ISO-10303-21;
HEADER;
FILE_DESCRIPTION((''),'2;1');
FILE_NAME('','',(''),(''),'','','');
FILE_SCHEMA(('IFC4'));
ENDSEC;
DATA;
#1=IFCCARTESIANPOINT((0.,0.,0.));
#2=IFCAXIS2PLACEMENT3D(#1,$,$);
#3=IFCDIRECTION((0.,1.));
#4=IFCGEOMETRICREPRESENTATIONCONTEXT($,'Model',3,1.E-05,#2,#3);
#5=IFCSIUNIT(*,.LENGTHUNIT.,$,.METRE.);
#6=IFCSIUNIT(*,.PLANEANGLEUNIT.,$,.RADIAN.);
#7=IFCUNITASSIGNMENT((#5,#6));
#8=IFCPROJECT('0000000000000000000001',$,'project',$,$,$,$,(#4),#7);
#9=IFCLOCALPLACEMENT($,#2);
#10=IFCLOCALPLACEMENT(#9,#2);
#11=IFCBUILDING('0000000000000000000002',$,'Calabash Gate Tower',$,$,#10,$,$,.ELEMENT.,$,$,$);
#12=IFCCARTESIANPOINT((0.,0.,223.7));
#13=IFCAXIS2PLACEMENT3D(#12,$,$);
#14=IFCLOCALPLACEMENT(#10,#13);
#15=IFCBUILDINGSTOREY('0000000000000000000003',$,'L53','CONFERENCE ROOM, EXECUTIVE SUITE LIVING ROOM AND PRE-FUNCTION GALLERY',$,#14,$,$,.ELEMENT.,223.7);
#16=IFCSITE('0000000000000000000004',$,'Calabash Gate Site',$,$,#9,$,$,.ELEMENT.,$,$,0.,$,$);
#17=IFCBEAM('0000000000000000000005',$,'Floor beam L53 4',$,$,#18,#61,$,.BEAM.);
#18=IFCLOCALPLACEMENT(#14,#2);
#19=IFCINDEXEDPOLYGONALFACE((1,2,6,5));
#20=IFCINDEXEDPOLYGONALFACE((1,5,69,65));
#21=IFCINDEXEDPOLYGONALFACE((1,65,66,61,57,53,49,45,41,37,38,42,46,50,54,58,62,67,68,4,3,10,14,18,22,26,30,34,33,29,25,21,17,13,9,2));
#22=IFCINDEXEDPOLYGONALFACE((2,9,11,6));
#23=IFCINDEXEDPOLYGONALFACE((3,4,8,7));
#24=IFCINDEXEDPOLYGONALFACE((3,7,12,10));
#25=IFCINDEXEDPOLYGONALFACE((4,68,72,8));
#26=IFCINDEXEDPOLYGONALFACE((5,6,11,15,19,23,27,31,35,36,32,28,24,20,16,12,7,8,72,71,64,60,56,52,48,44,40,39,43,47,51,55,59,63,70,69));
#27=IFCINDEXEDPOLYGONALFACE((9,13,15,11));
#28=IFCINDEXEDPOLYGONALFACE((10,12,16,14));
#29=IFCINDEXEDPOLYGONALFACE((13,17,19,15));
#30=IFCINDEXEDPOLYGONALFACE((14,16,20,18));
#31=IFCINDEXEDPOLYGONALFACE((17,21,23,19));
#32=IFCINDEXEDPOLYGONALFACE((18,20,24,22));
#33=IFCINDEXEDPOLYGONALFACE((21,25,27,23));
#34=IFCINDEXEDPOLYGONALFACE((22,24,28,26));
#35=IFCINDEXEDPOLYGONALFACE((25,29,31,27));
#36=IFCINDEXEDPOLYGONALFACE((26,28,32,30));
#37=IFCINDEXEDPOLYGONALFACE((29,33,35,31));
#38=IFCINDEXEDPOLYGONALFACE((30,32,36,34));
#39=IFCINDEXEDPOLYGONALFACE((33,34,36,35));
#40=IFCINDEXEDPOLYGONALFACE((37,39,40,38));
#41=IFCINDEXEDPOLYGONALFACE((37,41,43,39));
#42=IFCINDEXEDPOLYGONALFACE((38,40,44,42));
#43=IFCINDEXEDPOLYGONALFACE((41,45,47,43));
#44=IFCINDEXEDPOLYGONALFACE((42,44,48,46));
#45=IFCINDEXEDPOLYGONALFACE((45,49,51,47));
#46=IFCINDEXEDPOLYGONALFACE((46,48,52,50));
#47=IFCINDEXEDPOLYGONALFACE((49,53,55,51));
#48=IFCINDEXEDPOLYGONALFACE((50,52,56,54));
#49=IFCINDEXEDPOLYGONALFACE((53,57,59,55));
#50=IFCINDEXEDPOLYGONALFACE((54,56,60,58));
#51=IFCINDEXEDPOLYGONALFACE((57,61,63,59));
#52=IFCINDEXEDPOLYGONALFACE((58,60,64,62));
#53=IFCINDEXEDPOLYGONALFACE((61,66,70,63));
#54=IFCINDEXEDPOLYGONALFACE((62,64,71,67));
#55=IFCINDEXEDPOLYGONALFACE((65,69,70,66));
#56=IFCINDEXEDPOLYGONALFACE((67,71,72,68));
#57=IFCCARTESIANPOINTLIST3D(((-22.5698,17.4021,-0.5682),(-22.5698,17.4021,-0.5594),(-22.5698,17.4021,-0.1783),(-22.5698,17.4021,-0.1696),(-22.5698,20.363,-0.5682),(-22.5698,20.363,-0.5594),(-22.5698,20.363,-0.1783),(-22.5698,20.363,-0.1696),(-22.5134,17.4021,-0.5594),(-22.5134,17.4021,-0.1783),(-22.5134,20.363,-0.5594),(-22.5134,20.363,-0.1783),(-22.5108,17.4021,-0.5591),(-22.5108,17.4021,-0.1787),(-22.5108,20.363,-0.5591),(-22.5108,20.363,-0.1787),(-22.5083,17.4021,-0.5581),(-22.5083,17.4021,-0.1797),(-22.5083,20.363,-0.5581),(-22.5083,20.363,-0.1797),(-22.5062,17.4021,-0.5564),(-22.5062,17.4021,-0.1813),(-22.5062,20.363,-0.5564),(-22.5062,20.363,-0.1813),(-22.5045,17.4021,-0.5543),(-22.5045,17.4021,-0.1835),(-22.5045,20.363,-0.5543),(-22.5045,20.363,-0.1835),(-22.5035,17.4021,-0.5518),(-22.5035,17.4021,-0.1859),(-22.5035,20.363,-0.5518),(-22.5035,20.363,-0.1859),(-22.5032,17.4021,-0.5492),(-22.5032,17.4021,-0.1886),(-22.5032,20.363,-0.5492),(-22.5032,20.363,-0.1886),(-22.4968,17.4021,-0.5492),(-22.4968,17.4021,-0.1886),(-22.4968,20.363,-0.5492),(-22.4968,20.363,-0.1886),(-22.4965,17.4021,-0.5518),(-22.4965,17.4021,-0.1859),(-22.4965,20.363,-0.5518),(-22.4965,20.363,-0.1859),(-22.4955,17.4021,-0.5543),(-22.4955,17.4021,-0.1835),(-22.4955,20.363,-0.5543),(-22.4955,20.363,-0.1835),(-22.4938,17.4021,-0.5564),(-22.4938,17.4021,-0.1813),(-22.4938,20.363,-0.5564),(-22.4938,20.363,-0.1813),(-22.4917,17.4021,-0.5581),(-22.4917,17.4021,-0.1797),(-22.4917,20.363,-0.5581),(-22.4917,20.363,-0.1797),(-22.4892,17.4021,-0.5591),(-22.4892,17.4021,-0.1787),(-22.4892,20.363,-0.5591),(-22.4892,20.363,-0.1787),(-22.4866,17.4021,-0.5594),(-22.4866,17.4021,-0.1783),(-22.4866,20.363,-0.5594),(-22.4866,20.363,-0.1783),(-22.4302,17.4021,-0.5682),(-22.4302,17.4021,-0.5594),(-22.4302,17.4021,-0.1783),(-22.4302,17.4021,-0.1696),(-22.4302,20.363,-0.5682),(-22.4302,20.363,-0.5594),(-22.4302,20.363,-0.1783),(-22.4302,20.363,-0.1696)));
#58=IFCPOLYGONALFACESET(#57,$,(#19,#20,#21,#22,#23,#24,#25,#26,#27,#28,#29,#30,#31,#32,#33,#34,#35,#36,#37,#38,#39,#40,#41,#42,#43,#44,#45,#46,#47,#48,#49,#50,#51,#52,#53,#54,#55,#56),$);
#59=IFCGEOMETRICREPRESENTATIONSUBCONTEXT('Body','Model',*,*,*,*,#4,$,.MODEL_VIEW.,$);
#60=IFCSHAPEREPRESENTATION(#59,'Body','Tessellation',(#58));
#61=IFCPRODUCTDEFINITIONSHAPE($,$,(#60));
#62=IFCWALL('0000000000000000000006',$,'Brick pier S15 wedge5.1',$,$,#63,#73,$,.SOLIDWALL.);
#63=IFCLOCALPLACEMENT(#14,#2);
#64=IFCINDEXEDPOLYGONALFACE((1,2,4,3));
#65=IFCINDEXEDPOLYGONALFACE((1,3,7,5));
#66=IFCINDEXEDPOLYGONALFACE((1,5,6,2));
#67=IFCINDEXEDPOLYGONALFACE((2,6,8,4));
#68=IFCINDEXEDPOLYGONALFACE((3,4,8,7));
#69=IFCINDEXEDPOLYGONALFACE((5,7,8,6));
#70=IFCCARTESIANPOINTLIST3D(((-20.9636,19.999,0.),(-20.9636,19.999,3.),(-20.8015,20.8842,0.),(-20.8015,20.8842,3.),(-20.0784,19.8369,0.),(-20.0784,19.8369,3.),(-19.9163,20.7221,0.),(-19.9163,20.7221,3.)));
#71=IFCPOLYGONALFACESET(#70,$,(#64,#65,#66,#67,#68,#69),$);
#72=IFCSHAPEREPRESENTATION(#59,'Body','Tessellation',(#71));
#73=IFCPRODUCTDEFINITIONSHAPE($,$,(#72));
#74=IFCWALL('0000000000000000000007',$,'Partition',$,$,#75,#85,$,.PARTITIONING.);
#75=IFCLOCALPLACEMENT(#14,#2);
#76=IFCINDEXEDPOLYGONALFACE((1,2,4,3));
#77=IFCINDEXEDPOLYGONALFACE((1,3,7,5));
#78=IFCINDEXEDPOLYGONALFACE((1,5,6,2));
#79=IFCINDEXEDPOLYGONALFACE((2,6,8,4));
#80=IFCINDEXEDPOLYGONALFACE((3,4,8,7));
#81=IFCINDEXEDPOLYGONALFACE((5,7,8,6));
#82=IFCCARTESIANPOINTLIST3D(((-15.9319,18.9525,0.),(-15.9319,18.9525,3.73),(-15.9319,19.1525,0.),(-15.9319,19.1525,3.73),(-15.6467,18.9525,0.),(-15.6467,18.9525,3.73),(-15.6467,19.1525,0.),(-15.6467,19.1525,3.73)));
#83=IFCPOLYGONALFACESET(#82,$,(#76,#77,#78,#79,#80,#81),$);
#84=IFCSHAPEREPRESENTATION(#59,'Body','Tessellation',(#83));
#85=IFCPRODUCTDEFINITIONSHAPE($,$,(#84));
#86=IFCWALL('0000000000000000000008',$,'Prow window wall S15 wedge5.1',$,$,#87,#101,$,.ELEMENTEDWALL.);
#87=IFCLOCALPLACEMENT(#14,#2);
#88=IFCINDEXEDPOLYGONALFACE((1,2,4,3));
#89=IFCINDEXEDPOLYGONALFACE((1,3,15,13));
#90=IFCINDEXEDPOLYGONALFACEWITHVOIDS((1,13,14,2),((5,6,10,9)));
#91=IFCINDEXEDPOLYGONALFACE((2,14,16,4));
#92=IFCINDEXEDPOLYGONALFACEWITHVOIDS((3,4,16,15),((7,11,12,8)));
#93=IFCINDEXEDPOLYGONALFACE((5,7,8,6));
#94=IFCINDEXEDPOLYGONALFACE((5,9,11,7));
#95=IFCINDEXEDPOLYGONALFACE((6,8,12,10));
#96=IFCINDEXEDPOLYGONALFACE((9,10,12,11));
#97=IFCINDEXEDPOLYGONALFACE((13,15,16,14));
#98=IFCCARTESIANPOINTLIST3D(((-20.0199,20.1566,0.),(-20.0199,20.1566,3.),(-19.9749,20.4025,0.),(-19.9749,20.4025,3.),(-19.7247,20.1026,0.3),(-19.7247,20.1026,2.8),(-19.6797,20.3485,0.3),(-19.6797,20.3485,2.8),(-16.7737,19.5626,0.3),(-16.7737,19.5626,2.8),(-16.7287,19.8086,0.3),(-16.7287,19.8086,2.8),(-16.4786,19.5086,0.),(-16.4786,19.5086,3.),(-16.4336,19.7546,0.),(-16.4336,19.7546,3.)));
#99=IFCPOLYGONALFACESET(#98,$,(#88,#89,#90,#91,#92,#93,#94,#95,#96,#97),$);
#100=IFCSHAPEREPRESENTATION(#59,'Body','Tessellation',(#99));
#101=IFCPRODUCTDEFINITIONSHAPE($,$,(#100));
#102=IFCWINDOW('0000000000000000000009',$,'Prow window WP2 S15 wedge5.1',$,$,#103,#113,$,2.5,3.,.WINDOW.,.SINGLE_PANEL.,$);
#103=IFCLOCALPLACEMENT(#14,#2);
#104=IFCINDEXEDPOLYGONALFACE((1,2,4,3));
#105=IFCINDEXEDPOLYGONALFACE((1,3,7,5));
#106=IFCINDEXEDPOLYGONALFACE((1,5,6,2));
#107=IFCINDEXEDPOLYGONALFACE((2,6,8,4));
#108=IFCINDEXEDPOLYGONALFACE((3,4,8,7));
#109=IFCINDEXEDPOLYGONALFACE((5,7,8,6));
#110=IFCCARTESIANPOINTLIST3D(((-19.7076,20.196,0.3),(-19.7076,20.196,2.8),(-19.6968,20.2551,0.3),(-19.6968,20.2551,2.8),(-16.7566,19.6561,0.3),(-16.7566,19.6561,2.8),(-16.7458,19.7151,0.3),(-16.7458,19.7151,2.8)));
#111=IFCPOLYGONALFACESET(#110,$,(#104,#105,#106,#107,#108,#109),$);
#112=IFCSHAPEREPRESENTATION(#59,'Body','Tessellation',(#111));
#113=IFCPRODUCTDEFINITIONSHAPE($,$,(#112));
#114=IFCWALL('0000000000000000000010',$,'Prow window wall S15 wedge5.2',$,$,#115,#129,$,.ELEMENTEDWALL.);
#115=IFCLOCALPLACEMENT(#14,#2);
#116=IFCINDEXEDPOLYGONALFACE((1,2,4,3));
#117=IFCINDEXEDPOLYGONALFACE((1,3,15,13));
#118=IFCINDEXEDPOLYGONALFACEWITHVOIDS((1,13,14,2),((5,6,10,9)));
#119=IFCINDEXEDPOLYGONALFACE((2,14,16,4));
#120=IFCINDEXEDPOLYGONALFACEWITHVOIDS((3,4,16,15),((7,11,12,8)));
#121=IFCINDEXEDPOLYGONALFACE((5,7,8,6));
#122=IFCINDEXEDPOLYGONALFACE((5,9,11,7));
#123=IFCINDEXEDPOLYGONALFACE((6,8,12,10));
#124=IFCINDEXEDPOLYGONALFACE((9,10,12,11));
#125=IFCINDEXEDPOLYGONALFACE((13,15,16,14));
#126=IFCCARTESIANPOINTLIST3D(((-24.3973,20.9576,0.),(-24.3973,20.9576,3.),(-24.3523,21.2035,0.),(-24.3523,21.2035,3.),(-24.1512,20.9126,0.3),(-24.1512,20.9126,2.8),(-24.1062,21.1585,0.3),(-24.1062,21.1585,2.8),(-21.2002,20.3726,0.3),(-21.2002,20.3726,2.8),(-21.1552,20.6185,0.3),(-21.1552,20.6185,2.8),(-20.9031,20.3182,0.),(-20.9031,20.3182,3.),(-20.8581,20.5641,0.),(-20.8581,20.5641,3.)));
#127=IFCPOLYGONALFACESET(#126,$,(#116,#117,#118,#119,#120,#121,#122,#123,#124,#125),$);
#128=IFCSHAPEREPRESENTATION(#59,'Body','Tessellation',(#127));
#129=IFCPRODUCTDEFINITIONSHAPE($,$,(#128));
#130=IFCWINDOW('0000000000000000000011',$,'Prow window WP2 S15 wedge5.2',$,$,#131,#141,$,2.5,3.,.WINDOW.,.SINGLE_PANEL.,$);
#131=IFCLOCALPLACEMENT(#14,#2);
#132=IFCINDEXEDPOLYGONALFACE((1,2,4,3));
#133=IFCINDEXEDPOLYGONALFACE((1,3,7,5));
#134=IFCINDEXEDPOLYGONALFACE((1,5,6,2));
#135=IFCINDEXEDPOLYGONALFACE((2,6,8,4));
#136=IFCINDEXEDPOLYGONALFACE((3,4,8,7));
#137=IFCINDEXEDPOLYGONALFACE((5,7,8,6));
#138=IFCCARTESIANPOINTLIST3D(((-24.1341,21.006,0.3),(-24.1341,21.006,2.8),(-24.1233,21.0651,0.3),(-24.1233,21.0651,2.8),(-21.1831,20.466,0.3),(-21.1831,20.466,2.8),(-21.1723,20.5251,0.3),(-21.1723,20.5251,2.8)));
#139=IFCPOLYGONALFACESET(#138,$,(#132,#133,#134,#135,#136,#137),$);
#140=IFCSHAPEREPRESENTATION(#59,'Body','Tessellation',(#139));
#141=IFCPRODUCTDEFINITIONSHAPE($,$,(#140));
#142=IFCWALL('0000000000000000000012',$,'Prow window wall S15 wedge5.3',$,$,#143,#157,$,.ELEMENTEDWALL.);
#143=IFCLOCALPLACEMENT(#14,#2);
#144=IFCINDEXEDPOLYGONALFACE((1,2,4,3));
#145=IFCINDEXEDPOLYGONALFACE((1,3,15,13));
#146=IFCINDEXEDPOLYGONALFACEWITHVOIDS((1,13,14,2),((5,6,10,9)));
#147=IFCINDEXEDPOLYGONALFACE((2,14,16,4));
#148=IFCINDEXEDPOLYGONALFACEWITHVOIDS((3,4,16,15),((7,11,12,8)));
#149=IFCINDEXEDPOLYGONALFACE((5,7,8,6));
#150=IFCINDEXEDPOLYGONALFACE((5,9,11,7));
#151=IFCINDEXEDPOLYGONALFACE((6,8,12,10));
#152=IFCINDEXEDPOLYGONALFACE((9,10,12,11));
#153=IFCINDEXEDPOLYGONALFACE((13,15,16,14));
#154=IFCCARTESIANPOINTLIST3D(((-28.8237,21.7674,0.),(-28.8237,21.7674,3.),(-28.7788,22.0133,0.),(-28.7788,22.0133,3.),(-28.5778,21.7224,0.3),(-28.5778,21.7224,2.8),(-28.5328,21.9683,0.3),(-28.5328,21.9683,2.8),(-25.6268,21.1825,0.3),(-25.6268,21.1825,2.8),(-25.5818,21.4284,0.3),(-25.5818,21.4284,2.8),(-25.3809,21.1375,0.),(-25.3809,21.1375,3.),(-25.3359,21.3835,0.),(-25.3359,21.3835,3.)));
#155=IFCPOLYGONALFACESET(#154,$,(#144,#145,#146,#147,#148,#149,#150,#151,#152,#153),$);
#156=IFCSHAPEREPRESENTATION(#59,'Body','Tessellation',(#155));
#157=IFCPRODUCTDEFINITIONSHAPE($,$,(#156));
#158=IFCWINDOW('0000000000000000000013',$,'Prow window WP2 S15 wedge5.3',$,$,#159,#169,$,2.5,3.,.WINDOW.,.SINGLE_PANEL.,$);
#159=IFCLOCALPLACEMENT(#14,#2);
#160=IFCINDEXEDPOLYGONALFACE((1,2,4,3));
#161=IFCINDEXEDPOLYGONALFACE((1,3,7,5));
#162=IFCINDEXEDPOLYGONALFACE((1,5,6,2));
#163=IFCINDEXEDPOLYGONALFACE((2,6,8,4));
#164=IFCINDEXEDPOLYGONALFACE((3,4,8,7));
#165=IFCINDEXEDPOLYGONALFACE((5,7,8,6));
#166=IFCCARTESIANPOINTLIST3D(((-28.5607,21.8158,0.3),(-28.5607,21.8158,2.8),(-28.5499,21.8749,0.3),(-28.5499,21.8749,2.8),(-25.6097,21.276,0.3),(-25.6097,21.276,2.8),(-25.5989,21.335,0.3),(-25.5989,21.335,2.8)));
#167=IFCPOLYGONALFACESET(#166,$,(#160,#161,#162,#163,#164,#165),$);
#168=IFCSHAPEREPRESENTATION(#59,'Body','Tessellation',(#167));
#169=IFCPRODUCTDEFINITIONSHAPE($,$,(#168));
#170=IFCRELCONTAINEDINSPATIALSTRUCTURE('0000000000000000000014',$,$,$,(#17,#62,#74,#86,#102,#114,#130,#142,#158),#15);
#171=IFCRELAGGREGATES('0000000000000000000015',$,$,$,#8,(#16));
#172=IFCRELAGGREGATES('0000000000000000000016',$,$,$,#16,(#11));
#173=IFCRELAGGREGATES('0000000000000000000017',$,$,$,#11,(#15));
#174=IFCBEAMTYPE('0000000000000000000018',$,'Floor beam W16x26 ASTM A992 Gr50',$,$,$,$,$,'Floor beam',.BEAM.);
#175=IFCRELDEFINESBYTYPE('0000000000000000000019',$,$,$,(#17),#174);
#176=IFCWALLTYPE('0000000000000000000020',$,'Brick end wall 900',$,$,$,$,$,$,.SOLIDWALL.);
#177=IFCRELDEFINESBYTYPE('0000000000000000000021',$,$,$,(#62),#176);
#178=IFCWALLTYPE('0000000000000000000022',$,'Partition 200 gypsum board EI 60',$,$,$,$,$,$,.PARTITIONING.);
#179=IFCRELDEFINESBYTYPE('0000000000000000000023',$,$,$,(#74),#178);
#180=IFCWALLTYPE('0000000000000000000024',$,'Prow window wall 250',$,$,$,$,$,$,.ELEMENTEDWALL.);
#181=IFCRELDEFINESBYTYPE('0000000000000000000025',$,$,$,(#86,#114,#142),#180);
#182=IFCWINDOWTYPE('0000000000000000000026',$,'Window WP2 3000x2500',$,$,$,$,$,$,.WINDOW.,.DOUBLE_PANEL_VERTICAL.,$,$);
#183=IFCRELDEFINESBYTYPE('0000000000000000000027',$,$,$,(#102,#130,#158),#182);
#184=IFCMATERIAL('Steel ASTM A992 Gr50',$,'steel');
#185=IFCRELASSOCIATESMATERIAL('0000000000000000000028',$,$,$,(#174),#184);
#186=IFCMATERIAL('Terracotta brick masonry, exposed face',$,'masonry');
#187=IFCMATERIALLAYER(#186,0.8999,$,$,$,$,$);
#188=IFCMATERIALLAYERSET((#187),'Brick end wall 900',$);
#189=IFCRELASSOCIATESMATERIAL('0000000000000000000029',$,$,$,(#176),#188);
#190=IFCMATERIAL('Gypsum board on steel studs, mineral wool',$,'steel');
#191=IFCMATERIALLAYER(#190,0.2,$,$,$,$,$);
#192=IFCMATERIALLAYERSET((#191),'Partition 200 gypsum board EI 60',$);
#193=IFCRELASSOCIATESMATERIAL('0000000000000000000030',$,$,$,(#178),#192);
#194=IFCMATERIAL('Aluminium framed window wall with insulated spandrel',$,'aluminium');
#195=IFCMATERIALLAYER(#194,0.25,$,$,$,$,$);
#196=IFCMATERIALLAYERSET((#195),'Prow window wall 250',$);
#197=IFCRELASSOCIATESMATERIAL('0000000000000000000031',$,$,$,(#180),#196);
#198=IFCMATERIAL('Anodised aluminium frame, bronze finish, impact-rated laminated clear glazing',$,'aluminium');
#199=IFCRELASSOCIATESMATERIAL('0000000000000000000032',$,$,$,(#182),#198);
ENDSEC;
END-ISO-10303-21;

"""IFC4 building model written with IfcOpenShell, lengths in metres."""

from ifc_helpers import new_model, si_unit, direction, frame, frame_2d, origin, origin_2d, place, context, subcontext, project, spatial, rectangle, i_section, extrude, material, layer, layer_set, material_profile, profile_set, type_object, element, fill, save


model = new_model("IFC4")

# Units and contexts
model_context = context("Model", 3, precision=1e-05, world=origin(), true_north=direction((0.0, 1.0)))
body_context = subcontext(model_context, "Body", "Model", "MODEL_VIEW")
ifc_project = project(units=[si_unit("LENGTHUNIT", "METRE"), si_unit("PLANEANGLEUNIT", "RADIAN")], contexts=[model_context])

# Site, building, storey
site_placement = place(None, origin())
site = spatial("IfcSite", under=ifc_project, at=site_placement, Name="Calabash Gate Site", CompositionType="ELEMENT", RefElevation=0.0)
building_placement = place(site_placement, origin())
building = spatial("IfcBuilding", under=site, at=building_placement, Name="Calabash Gate Tower", CompositionType="ELEMENT")
storey_placement = place(building_placement, frame((0.0, 0.0, 223.7)))
storey = spatial("IfcBuildingStorey", under=building, at=storey_placement, Name="L53", Description="CONFERENCE ROOM, EXECUTIVE SUITE LIVING ROOM AND PRE-FUNCTION GALLERY", CompositionType="ELEMENT", Elevation=223.7)

# Beam
ifc_material_1 = material(Name="Steel ASTM A992 Gr50", Category="steel")
ifc_material_profile_1 = material_profile(ifc_material_1, i_section(OverallWidth=0.1396, OverallDepth=0.3987, WebThickness=0.0063, FlangeThickness=0.0088, FilletRadius=0.0103, at=origin_2d()))
ifc_profile_set_1 = profile_set([ifc_material_profile_1], Name="Steel ASTM A992 Gr50")
beam_type_1 = type_object("IfcBeamType", Name="Floor beam W16x26 ASTM A992 Gr50", ElementType="Floor beam", PredefinedType="BEAM", material=ifc_profile_set_1)
beam_1_placement = place(storey_placement, frame((-22.5, 17.4021, -0.3689), z_axis=(0.0, 1.0, 0.0), x_axis=(-1.0, 0.0, 0.0)))
element("IfcBeam", 1, at=beam_1_placement, inside=storey, type_object=beam_type_1, Name="Floor beam L53 4", PredefinedType="BEAM", context=body_context, shape_type="SweptSolid", body=[
    extrude(i_section(OverallWidth=0.1396, OverallDepth=0.3987, WebThickness=0.0063, FlangeThickness=0.0088, FilletRadius=0.0103, at=origin_2d()), origin(), (0.0, 0.0, 1.0), 2.9609),
])

# Walls
ifc_material_2 = material(Name="Terracotta brick masonry, exposed face", Category="masonry")
ifc_layer_1 = layer(ifc_material_2, 0.8999)
ifc_layer_set_1 = layer_set([ifc_layer_1], Name="Brick end wall 900")
wall_type_1 = type_object("IfcWallType", Name="Brick end wall 900", PredefinedType="SOLIDWALL", material=ifc_layer_set_1)
wall_1_placement = place(storey_placement, frame((-20.521, 19.918, 0.0), z_axis=(0.0, 0.0, 1.0), x_axis=(0.180127, 0.983643, 0.0)))
element("IfcWall", 2, at=wall_1_placement, inside=storey, type_object=wall_type_1, Name="Brick pier S15 wedge5.1", PredefinedType="SOLIDWALL", context=body_context, shape_type="SweptSolid", body=[
    extrude(rectangle(XDim=0.8999, YDim=0.8999, at=frame_2d((0.45, 0.0))), origin(), (0.0, 0.0, 1.0), 3.0),
])
ifc_material_3 = material(Name="Gypsum board on steel studs, mineral wool", Category="steel")
ifc_layer_2 = layer(ifc_material_3, 0.2)
ifc_layer_set_2 = layer_set([ifc_layer_2], Name="Partition 200 gypsum board EI 60")
wall_type_2 = type_object("IfcWallType", Name="Partition 200 gypsum board EI 60", PredefinedType="PARTITIONING", material=ifc_layer_set_2)
wall_2_placement = place(storey_placement, frame((-15.9319, 19.0525, 0.0), z_axis=(0.0, 0.0, 1.0), x_axis=(1.0, 0.0, 0.0)))
element("IfcWall", 3, at=wall_2_placement, inside=storey, type_object=wall_type_2, Name="Partition", PredefinedType="PARTITIONING", context=body_context, shape_type="SweptSolid", body=[
    extrude(rectangle(XDim=0.2852, YDim=0.2, at=frame_2d((0.1426, 0.0))), origin(), (0.0, 0.0, 1.0), 3.73),
])

# Walls, openings, windows
ifc_material_4 = material(Name="Aluminium framed window wall with insulated spandrel", Category="aluminium")
ifc_layer_3 = layer(ifc_material_4, 0.25)
ifc_layer_set_3 = layer_set([ifc_layer_3], Name="Prow window wall 250")
wall_type_3 = type_object("IfcWallType", Name="Prow window wall 250", PredefinedType="ELEMENTEDWALL", material=ifc_layer_set_3)
wall_3_placement = place(storey_placement, frame((-16.4561, 19.6316, 0.0), z_axis=(0.0, 0.0, 1.0), x_axis=(-0.98367, 0.179983, 0.0)))
wall_3 = element("IfcWall", 4, at=wall_3_placement, inside=storey, type_object=wall_type_3, Name="Prow window wall S15 wedge5.1", PredefinedType="ELEMENTEDWALL", context=body_context, shape_type="SweptSolid", body=[
    extrude(rectangle(XDim=3.6001, YDim=0.25, at=frame_2d((1.8, 0.0))), origin(), (0.0, 0.0, 1.0), 3.0),
])
opening_1_placement = place(wall_3_placement, frame((0.3, 0.0, 0.3)))
opening_1 = element("IfcOpeningElement", 5, at=opening_1_placement, cuts=wall_3, PredefinedType="OPENING", context=body_context, shape_type="SweptSolid", body=[
    extrude(rectangle(XDim=3.0, YDim=2.5, at=frame_2d((1.5, 1.25))), frame((0.0, 0.135, 0.0), z_axis=(0.0, -1.0, 0.0), x_axis=(1.0, 0.0, 0.0)), (0.0, 0.0, 1.0), 0.27),
])
ifc_material_5 = material(Name="Anodised aluminium frame, bronze finish, impact-rated laminated clear glazing", Category="aluminium")
window_type = type_object("IfcWindowType", Name="Window WP2 3000x2500", PartitioningType="DOUBLE_PANEL_VERTICAL", PredefinedType="WINDOW", material=ifc_material_5)
window_1_placement = place(opening_1_placement, origin())
window_1 = element("IfcWindow", 6, at=window_1_placement, inside=storey, type_object=window_type, Name="Prow window WP2 S15 wedge5.1", OverallHeight=2.5, OverallWidth=3.0, PartitioningType="SINGLE_PANEL", PredefinedType="WINDOW", context=body_context, shape_type="SweptSolid", body=[
    extrude(rectangle(XDim=3.0, YDim=2.5, at=frame_2d((1.5, 1.25))), frame((0.0, 0.03, 0.0), z_axis=(0.0, -1.0, 0.0), x_axis=(1.0, 0.0, 0.0)), (0.0, 0.0, 1.0), 0.0601),
])
fill(opening_1, window_1)
wall_4_placement = place(storey_placement, frame((-20.8806, 20.4412, 0.0), z_axis=(0.0, 0.0, 1.0), x_axis=(-0.983666, 0.180004, 0.0)))
wall_4 = element("IfcWall", 7, at=wall_4_placement, inside=storey, type_object=wall_type_3, Name="Prow window wall S15 wedge5.2", PredefinedType="ELEMENTEDWALL", context=body_context, shape_type="SweptSolid", body=[
    extrude(rectangle(XDim=3.5522, YDim=0.25, at=frame_2d((1.7761, 0.0))), origin(), (0.0, 0.0, 1.0), 3.0),
])
opening_2_placement = place(wall_4_placement, frame((0.302, 0.0, 0.3)))
opening_2 = element("IfcOpeningElement", 8, at=opening_2_placement, cuts=wall_4, PredefinedType="OPENING", context=body_context, shape_type="SweptSolid", body=[
    extrude(rectangle(XDim=3.0, YDim=2.5, at=frame_2d((1.5, 1.25))), frame((0.0, 0.135, 0.0), z_axis=(0.0, -1.0, 0.0), x_axis=(1.0, 0.0, 0.0)), (0.0, 0.0, 1.0), 0.27),
])
window_2_placement = place(opening_2_placement, origin())
window_2 = element("IfcWindow", 9, at=window_2_placement, inside=storey, type_object=window_type, Name="Prow window WP2 S15 wedge5.2", OverallHeight=2.5, OverallWidth=3.0, PartitioningType="SINGLE_PANEL", PredefinedType="WINDOW", context=body_context, shape_type="SweptSolid", body=[
    extrude(rectangle(XDim=3.0, YDim=2.5, at=frame_2d((1.5, 1.25))), frame((0.0, 0.03, 0.0), z_axis=(0.0, -1.0, 0.0), x_axis=(1.0, 0.0, 0.0)), (0.0, 0.0, 1.0), 0.0601),
])
fill(opening_2, window_2)
wall_5_placement = place(storey_placement, frame((-25.3584, 21.2605, 0.0), z_axis=(0.0, 0.0, 1.0), x_axis=(-0.983673, 0.179966, 0.0)))
wall_5 = element("IfcWall", 10, at=wall_5_placement, inside=storey, type_object=wall_type_3, Name="Prow window wall S15 wedge5.3", PredefinedType="ELEMENTEDWALL", context=body_context, shape_type="SweptSolid", body=[
    extrude(rectangle(XDim=3.5, YDim=0.25, at=frame_2d((1.75, 0.0))), origin(), (0.0, 0.0, 1.0), 3.0),
])
opening_3_placement = place(wall_5_placement, frame((0.25, 0.0, 0.3)))
opening_3 = element("IfcOpeningElement", 11, at=opening_3_placement, cuts=wall_5, PredefinedType="OPENING", context=body_context, shape_type="SweptSolid", body=[
    extrude(rectangle(XDim=3.0, YDim=2.5, at=frame_2d((1.5, 1.25))), frame((0.0, 0.135, 0.0), z_axis=(0.0, -1.0, 0.0), x_axis=(1.0, 0.0, 0.0)), (0.0, 0.0, 1.0), 0.27),
])
window_3_placement = place(opening_3_placement, origin())
window_3 = element("IfcWindow", 12, at=window_3_placement, inside=storey, type_object=window_type, Name="Prow window WP2 S15 wedge5.3", OverallHeight=2.5, OverallWidth=3.0, PartitioningType="SINGLE_PANEL", PredefinedType="WINDOW", context=body_context, shape_type="SweptSolid", body=[
    extrude(rectangle(XDim=3.0, YDim=2.5, at=frame_2d((1.5, 1.25))), frame((0.0, 0.03, 0.0), z_axis=(0.0, -1.0, 0.0), x_axis=(1.0, 0.0, 0.0)), (0.0, 0.0, 1.0), 0.0601),
])
fill(opening_3, window_3)

save(model, "model.ifc")
